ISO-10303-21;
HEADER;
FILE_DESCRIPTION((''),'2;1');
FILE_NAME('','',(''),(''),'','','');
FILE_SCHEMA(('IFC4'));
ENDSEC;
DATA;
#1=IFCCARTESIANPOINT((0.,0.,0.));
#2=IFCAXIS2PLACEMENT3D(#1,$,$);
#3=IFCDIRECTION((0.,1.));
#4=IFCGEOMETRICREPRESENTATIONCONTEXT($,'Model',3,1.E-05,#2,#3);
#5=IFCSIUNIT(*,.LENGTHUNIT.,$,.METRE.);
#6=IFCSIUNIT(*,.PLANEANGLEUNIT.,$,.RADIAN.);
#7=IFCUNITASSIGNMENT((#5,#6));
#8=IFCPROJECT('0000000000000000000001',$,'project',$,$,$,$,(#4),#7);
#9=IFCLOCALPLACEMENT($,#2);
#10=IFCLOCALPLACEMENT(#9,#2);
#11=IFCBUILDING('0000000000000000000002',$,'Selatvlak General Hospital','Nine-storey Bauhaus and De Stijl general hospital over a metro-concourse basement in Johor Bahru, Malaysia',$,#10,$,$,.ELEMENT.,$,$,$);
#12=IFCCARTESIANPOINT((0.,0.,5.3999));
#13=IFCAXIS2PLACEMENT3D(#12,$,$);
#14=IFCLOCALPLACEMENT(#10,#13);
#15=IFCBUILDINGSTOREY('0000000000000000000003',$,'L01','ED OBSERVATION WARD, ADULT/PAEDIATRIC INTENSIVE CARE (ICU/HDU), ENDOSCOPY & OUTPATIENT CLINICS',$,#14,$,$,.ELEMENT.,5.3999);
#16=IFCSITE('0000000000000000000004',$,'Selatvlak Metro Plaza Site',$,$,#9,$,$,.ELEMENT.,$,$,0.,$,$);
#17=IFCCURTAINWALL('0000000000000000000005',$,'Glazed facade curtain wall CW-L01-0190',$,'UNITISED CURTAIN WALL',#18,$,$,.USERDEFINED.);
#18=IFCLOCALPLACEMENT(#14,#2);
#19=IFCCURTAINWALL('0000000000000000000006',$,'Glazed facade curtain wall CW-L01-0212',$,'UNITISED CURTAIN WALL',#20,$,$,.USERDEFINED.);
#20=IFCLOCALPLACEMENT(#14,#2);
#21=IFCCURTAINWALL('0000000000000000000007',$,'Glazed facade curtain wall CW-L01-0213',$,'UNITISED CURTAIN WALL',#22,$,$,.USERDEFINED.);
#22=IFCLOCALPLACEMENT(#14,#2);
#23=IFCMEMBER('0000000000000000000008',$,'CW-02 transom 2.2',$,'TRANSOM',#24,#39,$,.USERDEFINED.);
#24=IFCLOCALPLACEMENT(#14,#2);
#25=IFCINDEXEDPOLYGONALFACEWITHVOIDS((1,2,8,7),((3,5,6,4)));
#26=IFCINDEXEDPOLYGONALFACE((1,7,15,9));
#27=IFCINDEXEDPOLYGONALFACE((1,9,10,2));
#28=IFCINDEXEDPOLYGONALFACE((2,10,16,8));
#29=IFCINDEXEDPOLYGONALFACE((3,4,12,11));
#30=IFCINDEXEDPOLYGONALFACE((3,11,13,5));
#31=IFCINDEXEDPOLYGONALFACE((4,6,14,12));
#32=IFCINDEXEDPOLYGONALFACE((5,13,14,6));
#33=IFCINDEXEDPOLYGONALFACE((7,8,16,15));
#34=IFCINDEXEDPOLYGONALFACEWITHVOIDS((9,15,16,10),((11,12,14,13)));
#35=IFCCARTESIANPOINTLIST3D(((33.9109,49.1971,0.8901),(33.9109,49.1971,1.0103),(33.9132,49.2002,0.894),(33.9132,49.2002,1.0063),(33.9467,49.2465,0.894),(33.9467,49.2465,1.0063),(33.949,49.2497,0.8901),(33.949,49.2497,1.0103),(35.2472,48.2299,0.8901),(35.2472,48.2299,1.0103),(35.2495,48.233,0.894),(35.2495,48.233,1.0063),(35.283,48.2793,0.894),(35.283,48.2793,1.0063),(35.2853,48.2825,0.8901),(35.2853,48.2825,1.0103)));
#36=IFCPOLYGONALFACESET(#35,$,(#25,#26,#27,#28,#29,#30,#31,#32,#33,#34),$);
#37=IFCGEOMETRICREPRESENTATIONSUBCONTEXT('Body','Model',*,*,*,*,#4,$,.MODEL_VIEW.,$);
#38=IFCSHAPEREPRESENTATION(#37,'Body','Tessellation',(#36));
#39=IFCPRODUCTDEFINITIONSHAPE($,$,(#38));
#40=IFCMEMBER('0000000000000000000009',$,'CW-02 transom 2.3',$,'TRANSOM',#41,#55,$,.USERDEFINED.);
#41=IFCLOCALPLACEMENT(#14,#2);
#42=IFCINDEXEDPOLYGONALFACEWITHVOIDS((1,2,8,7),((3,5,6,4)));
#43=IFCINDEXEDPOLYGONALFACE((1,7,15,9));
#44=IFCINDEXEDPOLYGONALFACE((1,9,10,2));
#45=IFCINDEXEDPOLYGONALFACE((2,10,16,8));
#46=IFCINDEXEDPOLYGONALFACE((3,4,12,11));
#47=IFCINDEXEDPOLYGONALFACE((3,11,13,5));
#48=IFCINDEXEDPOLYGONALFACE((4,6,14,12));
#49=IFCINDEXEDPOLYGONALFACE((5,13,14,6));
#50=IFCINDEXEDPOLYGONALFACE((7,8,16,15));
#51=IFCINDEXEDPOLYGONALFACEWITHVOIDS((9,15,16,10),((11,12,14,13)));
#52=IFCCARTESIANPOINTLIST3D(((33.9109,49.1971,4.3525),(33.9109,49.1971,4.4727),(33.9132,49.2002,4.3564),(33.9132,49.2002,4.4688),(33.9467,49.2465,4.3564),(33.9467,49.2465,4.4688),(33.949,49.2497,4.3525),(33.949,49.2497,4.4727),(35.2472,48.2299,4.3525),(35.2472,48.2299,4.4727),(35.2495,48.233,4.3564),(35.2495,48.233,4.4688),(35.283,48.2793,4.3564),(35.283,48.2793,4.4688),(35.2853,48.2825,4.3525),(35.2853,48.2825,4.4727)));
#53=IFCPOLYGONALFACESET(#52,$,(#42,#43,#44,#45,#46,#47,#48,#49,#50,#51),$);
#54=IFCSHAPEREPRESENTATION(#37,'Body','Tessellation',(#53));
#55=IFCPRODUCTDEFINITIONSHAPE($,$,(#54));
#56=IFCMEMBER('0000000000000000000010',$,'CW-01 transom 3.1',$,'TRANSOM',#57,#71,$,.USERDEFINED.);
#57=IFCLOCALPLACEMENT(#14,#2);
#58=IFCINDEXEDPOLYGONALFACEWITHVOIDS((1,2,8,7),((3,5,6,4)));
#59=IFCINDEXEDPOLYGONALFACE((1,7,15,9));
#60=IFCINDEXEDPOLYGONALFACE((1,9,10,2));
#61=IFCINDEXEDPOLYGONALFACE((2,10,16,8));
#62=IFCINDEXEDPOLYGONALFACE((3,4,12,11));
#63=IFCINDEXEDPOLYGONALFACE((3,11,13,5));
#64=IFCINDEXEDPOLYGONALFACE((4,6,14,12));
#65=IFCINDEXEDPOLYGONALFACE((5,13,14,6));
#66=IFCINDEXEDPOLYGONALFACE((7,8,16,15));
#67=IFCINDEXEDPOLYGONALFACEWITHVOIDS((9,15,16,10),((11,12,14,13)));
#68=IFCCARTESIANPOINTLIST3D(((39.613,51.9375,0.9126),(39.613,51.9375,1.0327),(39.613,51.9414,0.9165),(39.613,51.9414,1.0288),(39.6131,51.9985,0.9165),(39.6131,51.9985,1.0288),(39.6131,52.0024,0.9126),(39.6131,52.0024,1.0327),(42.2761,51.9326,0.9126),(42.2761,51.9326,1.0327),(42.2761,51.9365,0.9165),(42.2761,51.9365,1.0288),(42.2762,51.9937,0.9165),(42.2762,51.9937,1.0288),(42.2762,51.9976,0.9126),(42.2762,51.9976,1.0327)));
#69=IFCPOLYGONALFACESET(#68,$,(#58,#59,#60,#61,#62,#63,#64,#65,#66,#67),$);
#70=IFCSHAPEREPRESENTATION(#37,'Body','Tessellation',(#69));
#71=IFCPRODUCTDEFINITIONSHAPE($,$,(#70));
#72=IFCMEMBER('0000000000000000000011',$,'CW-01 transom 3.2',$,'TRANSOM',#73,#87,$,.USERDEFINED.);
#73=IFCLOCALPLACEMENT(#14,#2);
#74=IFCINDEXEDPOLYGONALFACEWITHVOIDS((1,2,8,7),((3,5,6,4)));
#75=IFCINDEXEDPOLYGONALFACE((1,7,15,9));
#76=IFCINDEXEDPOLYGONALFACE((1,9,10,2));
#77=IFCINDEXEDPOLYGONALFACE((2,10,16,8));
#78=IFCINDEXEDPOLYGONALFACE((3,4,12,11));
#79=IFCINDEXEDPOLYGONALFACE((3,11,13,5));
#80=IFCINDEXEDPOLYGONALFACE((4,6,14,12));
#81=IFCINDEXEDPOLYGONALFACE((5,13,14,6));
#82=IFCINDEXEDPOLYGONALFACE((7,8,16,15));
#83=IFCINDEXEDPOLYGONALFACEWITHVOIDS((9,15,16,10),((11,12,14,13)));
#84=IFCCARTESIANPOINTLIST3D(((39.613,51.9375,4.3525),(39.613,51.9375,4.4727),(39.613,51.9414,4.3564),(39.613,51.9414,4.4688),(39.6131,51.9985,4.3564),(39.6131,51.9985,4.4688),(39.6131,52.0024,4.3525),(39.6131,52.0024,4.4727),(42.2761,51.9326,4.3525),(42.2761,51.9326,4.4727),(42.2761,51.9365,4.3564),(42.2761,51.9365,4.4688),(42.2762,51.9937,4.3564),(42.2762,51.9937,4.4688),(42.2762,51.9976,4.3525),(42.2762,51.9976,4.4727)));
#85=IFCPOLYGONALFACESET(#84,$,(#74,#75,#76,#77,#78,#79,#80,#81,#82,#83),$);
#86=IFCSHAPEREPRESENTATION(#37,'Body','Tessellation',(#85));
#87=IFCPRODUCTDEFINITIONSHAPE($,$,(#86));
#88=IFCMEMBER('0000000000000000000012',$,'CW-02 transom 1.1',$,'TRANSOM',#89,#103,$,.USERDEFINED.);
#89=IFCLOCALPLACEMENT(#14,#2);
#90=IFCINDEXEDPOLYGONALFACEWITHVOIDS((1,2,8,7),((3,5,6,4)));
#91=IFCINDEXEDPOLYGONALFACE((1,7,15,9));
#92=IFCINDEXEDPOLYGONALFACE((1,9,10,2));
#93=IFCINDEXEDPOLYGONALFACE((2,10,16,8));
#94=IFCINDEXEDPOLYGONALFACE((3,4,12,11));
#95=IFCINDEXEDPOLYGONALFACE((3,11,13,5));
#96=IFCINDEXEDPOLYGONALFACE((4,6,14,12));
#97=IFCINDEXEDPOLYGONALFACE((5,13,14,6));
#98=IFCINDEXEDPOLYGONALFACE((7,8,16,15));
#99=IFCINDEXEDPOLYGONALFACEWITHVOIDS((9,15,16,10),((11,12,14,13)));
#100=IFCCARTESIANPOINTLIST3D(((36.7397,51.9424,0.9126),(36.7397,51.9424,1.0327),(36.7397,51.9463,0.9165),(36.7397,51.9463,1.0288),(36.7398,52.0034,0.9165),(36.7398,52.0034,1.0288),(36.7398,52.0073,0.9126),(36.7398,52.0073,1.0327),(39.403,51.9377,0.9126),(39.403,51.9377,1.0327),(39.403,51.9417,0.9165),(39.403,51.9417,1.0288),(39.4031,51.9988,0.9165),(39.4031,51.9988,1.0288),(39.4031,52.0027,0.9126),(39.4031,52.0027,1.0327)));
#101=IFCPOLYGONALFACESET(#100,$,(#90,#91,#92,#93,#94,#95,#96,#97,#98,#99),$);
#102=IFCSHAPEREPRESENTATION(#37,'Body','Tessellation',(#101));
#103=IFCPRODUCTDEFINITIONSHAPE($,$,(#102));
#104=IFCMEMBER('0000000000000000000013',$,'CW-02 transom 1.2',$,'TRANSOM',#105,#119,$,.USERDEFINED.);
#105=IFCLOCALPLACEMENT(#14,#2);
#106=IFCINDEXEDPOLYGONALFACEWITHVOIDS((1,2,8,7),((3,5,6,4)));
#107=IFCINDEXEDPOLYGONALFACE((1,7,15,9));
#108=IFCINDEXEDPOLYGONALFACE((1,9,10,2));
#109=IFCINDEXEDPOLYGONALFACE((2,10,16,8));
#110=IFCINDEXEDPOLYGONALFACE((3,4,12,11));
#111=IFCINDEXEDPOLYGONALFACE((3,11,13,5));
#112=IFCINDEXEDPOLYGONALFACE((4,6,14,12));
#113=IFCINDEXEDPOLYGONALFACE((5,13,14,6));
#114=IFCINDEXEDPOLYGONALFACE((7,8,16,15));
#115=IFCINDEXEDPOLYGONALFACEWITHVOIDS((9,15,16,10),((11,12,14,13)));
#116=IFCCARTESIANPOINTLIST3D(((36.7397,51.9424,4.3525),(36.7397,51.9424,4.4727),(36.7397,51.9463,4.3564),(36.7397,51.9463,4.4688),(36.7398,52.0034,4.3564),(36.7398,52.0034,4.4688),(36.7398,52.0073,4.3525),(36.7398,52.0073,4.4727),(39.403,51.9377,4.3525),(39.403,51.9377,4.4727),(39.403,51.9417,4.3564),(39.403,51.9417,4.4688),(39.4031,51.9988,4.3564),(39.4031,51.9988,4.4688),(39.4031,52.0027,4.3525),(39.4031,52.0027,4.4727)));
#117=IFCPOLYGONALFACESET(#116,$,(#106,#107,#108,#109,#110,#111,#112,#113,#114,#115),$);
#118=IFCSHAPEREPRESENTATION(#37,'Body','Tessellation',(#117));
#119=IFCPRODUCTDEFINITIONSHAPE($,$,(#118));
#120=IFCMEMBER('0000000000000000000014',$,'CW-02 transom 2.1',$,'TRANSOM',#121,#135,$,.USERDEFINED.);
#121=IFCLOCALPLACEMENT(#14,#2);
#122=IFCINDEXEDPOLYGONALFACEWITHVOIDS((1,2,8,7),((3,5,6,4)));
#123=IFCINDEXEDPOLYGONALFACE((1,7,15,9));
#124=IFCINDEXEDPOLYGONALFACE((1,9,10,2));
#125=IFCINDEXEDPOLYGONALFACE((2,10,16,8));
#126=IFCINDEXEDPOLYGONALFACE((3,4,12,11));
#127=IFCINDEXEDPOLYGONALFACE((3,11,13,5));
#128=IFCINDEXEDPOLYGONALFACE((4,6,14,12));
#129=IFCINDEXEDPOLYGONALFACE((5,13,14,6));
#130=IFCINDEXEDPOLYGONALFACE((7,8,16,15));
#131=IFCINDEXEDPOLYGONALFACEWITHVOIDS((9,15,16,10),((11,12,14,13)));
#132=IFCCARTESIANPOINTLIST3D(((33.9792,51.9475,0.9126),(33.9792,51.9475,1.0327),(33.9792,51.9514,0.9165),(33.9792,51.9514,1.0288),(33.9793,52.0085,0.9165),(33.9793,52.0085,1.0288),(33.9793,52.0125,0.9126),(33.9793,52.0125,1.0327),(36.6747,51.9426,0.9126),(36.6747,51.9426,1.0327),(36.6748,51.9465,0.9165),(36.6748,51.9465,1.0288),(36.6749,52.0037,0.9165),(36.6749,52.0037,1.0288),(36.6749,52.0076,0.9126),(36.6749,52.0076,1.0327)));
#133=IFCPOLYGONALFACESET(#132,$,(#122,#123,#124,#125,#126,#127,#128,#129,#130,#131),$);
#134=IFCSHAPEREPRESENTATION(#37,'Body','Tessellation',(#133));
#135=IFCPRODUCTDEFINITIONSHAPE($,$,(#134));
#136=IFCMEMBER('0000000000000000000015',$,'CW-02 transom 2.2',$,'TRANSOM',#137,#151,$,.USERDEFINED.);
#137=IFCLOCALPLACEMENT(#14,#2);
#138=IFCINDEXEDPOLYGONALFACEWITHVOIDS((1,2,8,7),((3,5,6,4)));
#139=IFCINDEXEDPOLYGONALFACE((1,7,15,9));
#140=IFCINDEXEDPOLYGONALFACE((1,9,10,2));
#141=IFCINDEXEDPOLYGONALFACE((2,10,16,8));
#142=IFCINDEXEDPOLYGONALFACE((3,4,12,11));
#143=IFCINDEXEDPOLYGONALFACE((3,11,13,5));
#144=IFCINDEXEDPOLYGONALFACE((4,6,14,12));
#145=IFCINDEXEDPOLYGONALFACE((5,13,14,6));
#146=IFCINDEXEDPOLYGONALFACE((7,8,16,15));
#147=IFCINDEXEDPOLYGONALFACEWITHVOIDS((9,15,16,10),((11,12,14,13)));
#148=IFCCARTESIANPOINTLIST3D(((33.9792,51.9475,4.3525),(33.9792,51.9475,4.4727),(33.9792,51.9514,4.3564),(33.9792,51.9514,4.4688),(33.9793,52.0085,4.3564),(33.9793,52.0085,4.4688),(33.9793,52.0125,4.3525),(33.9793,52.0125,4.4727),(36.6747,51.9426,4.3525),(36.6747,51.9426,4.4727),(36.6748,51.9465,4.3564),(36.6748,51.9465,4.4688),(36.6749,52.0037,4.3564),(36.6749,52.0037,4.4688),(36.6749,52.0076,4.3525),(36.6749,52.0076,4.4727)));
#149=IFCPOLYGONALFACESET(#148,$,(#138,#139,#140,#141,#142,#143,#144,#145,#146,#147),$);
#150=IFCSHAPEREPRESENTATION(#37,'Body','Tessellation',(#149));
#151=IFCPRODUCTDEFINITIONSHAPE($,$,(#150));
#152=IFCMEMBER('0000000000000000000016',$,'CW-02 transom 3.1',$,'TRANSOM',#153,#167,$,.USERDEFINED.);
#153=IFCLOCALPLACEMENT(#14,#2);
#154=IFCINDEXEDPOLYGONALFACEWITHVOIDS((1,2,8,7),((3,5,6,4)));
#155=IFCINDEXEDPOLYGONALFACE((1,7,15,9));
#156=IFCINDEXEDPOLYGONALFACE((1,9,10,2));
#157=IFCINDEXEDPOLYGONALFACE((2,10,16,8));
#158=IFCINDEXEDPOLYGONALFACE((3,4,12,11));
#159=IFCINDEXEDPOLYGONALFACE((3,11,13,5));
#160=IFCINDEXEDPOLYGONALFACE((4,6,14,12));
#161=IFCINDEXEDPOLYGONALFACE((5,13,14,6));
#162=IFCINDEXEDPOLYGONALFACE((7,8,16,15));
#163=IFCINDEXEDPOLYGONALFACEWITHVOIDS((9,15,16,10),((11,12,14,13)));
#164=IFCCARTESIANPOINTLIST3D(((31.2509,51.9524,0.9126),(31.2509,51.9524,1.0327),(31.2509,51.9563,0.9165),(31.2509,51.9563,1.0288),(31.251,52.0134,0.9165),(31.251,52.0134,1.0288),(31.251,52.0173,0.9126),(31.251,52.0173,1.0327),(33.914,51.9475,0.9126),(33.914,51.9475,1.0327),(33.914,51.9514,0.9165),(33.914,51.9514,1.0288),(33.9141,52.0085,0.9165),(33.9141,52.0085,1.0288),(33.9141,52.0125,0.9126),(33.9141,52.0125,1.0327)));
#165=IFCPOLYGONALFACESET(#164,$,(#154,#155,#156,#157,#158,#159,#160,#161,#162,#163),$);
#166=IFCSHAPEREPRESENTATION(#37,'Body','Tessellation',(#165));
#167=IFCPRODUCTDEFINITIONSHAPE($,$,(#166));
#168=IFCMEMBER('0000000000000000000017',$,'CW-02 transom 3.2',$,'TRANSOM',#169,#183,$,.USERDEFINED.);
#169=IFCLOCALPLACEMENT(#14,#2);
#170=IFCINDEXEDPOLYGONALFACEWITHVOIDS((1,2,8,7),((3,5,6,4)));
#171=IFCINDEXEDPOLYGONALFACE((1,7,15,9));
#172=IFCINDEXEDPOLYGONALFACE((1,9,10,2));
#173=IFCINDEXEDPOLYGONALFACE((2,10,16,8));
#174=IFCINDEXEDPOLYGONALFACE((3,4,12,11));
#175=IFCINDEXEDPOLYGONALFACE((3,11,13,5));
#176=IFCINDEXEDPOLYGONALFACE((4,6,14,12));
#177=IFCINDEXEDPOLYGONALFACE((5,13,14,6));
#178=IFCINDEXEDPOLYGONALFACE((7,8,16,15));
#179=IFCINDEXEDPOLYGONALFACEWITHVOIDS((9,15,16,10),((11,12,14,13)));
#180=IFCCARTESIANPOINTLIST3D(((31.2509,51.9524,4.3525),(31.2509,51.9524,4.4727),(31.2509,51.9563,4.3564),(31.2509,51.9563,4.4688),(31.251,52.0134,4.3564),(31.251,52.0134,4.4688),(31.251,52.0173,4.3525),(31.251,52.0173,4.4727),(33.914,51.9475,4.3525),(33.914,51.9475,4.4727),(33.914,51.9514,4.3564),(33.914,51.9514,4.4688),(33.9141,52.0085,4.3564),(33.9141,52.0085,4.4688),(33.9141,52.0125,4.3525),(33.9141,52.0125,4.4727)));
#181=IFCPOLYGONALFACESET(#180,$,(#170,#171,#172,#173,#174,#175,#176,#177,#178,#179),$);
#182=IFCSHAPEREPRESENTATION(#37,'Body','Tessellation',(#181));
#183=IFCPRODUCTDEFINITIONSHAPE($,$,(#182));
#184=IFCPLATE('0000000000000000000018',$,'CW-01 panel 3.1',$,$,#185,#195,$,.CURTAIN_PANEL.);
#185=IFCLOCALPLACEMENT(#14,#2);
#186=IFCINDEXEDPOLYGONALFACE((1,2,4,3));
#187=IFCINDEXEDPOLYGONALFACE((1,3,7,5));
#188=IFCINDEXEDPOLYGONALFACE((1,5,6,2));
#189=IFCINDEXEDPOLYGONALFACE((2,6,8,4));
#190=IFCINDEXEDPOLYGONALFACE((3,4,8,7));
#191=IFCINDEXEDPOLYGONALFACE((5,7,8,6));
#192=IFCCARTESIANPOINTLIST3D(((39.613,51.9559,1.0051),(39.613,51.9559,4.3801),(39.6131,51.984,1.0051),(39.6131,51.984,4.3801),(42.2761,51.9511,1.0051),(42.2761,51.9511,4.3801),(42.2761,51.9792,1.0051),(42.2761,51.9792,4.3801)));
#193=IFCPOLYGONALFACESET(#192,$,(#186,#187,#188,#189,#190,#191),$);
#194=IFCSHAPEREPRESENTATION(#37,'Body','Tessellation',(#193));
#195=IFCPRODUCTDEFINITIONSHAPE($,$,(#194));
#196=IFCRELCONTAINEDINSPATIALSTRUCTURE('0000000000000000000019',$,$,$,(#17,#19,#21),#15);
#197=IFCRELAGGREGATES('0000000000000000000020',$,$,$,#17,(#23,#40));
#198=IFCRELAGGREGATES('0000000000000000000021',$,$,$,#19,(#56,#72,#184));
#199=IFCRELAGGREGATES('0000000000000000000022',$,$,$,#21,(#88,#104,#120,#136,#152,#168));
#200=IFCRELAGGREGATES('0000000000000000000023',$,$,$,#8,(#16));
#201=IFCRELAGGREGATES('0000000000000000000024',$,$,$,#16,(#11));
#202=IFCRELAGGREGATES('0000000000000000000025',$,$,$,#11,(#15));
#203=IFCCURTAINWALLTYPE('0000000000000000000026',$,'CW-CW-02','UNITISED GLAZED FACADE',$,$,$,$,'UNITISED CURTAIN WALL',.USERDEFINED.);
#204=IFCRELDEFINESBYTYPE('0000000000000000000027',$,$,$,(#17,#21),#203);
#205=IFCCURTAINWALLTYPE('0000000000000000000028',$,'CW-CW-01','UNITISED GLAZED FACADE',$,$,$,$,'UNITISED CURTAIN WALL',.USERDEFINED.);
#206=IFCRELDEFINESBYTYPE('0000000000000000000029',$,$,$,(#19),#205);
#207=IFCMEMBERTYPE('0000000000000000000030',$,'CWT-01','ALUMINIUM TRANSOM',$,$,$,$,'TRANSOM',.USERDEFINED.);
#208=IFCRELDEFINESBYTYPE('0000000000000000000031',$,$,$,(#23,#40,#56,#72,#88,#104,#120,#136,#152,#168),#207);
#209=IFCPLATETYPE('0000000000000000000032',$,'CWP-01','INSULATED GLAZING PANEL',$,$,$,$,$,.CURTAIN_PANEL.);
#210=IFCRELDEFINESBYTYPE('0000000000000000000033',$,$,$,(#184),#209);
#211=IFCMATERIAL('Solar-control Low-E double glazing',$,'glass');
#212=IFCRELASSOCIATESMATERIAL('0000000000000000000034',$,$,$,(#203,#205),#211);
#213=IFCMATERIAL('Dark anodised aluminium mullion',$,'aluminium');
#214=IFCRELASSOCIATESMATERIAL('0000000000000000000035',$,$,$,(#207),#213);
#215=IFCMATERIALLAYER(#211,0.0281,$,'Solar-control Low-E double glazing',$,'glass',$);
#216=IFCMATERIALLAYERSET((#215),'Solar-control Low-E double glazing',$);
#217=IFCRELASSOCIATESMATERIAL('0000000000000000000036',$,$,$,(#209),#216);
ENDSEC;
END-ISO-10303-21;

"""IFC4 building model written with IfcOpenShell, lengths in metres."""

from ifc_helpers import new_model, si_unit, direction, frame, origin, origin_2d, place, context, subcontext, project, spatial, rectangle, hollow_rectangle, extrude, material, layer, layer_set, material_profile, profile_set, type_object, element, aggregate, save


model = new_model("IFC4")

# Units and contexts
model_context = context("Model", 3, precision=1e-05, world=origin(), true_north=direction((0.0, 1.0)))
body_context = subcontext(model_context, "Body", "Model", "MODEL_VIEW")
ifc_project = project(units=[si_unit("LENGTHUNIT", "METRE"), si_unit("PLANEANGLEUNIT", "RADIAN")], contexts=[model_context])

# Site, building, storey
site_placement = place(None, origin())
site = spatial("IfcSite", under=ifc_project, at=site_placement, Name="Selatvlak Metro Plaza Site", CompositionType="ELEMENT", RefElevation=0.0)
building_placement = place(site_placement, origin())
building = spatial("IfcBuilding", under=site, at=building_placement, Name="Selatvlak General Hospital", Description="Nine-storey Bauhaus and De Stijl general hospital over a metro-concourse basement in Johor Bahru, Malaysia", CompositionType="ELEMENT")
storey_placement = place(building_placement, frame((0.0, 0.0, 5.3999)))
storey = spatial("IfcBuildingStorey", under=building, at=storey_placement, Name="L01", Description="ED OBSERVATION WARD, ADULT/PAEDIATRIC INTENSIVE CARE (ICU/HDU), ENDOSCOPY & OUTPATIENT CLINICS", CompositionType="ELEMENT", Elevation=5.3999)

# Curtain wall
ifc_material_1 = material(Name="Solar-control Low-E double glazing", Category="glass")
curtain_wall_type_1 = type_object("IfcCurtainWallType", Name="CW-CW-02", Description="UNITISED GLAZED FACADE", ElementType="UNITISED CURTAIN WALL", PredefinedType="USERDEFINED", material=ifc_material_1)
curtain_wall_1_placement = place(storey_placement, origin())
curtain_wall_1 = element("IfcCurtainWall", 1, at=curtain_wall_1_placement, inside=storey, type_object=curtain_wall_type_1, Name="Glazed facade curtain wall CW-L01-0190", ObjectType="UNITISED CURTAIN WALL", PredefinedType="USERDEFINED")
ifc_material_2 = material(Name="Dark anodised aluminium mullion", Category="aluminium")

# Curtain walls
curtain_wall_type_2 = type_object("IfcCurtainWallType", Name="CW-CW-01", Description="UNITISED GLAZED FACADE", ElementType="UNITISED CURTAIN WALL", PredefinedType="USERDEFINED", material=ifc_material_1)
curtain_wall_2_placement = place(storey_placement, origin())
curtain_wall_2 = element("IfcCurtainWall", 2, at=curtain_wall_2_placement, inside=storey, type_object=curtain_wall_type_2, Name="Glazed facade curtain wall CW-L01-0212", ObjectType="UNITISED CURTAIN WALL", PredefinedType="USERDEFINED")
curtain_wall_3_placement = place(storey_placement, origin())
curtain_wall_3 = element("IfcCurtainWall", 3, at=curtain_wall_3_placement, inside=storey, type_object=curtain_wall_type_1, Name="Glazed facade curtain wall CW-L01-0213", ObjectType="UNITISED CURTAIN WALL", PredefinedType="USERDEFINED")

# Members
ifc_material_profile_1 = material_profile(ifc_material_2, hollow_rectangle(XDim=0.0649, YDim=0.1201, WallThickness=0.0039, at=origin_2d()), Name="AL-TRN 65x120x4")
ifc_profile_set_1 = profile_set([ifc_material_profile_1], Name="Dark anodised aluminium mullion")
member_type_1 = type_object("IfcMemberType", Name="CWT-01", Description="ALUMINIUM TRANSOM", ElementType="TRANSOM", PredefinedType="USERDEFINED", material=ifc_profile_set_1)
member_1_placement = place(storey_placement, frame((33.9299, 49.2234, 0.9502), z_axis=(0.810078, -0.586322, 0.0), x_axis=(0.586322, 0.810078, 0.0)))
member_1 = element("IfcMember", 4, at=member_1_placement, type_object=member_type_1, Name="CW-02 transom 2.2", ObjectType="TRANSOM", PredefinedType="USERDEFINED", context=body_context, shape_type="SweptSolid", body=[
    extrude(hollow_rectangle(XDim=0.0649, YDim=0.1201, WallThickness=0.0039, at=origin_2d()), origin(), (0.0, 0.0, 1.0), 1.6497),
])
member_2_placement = place(storey_placement, frame((33.9299, 49.2234, 4.4126), z_axis=(0.810078, -0.586322, 0.0), x_axis=(0.586322, 0.810078, 0.0)))
member_2 = element("IfcMember", 5, at=member_2_placement, type_object=member_type_1, Name="CW-02 transom 2.3", ObjectType="TRANSOM", PredefinedType="USERDEFINED", context=body_context, shape_type="SweptSolid", body=[
    extrude(hollow_rectangle(XDim=0.0649, YDim=0.1201, WallThickness=0.0039, at=origin_2d()), origin(), (0.0, 0.0, 1.0), 1.6497),
])
aggregate(curtain_wall_1, [member_1, member_2])
member_3_placement = place(storey_placement, frame((42.2761, 51.9651, 0.9727), z_axis=(-0.999998, 0.001834, 0.0), x_axis=(-0.001834, -0.999998, 0.0)))
member_3 = element("IfcMember", 6, at=member_3_placement, type_object=member_type_1, Name="CW-01 transom 3.1", ObjectType="TRANSOM", PredefinedType="USERDEFINED", context=body_context, shape_type="SweptSolid", body=[
    extrude(hollow_rectangle(XDim=0.0649, YDim=0.1201, WallThickness=0.0039, at=origin_2d()), origin(), (0.0, 0.0, 1.0), 2.6631),
])
member_4_placement = place(storey_placement, frame((42.2761, 51.9651, 4.4126), z_axis=(-0.999998, 0.001834, 0.0), x_axis=(-0.001834, -0.999998, 0.0)))
member_4 = element("IfcMember", 7, at=member_4_placement, type_object=member_type_1, Name="CW-01 transom 3.2", ObjectType="TRANSOM", PredefinedType="USERDEFINED", context=body_context, shape_type="SweptSolid", body=[
    extrude(hollow_rectangle(XDim=0.0649, YDim=0.1201, WallThickness=0.0039, at=origin_2d()), origin(), (0.0, 0.0, 1.0), 2.6631),
])
member_5_placement = place(storey_placement, frame((39.4031, 51.9702, 0.9727), z_axis=(-0.999998, 0.001742, 0.0), x_axis=(-0.001742, -0.999998, 0.0)))
member_5 = element("IfcMember", 8, at=member_5_placement, type_object=member_type_1, Name="CW-02 transom 1.1", ObjectType="TRANSOM", PredefinedType="USERDEFINED", context=body_context, shape_type="SweptSolid", body=[
    extrude(hollow_rectangle(XDim=0.0649, YDim=0.1201, WallThickness=0.0039, at=origin_2d()), origin(), (0.0, 0.0, 1.0), 2.6633),
])
member_6_placement = place(storey_placement, frame((39.4031, 51.9702, 4.4126), z_axis=(-0.999998, 0.001742, 0.0), x_axis=(-0.001742, -0.999998, 0.0)))
member_6 = element("IfcMember", 9, at=member_6_placement, type_object=member_type_1, Name="CW-02 transom 1.2", ObjectType="TRANSOM", PredefinedType="USERDEFINED", context=body_context, shape_type="SweptSolid", body=[
    extrude(hollow_rectangle(XDim=0.0649, YDim=0.1201, WallThickness=0.0039, at=origin_2d()), origin(), (0.0, 0.0, 1.0), 2.6633),
])
member_7_placement = place(storey_placement, frame((36.6748, 51.9751, 0.9727), z_axis=(-0.999998, 0.001811, 0.0), x_axis=(-0.001811, -0.999998, 0.0)))
member_7 = element("IfcMember", 10, at=member_7_placement, type_object=member_type_1, Name="CW-02 transom 2.1", ObjectType="TRANSOM", PredefinedType="USERDEFINED", context=body_context, shape_type="SweptSolid", body=[
    extrude(hollow_rectangle(XDim=0.0649, YDim=0.1201, WallThickness=0.0039, at=origin_2d()), origin(), (0.0, 0.0, 1.0), 2.6956),
])
member_8_placement = place(storey_placement, frame((36.6748, 51.9751, 4.4126), z_axis=(-0.999998, 0.001811, 0.0), x_axis=(-0.001811, -0.999998, 0.0)))
member_8 = element("IfcMember", 11, at=member_8_placement, type_object=member_type_1, Name="CW-02 transom 2.2", ObjectType="TRANSOM", PredefinedType="USERDEFINED", context=body_context, shape_type="SweptSolid", body=[
    extrude(hollow_rectangle(XDim=0.0649, YDim=0.1201, WallThickness=0.0039, at=origin_2d()), origin(), (0.0, 0.0, 1.0), 2.6956),
])
member_9_placement = place(storey_placement, frame((33.9141, 51.98, 0.9727), z_axis=(-0.999998, 0.001834, 0.0), x_axis=(-0.001834, -0.999998, 0.0)))
member_9 = element("IfcMember", 12, at=member_9_placement, type_object=member_type_1, Name="CW-02 transom 3.1", ObjectType="TRANSOM", PredefinedType="USERDEFINED", context=body_context, shape_type="SweptSolid", body=[
    extrude(hollow_rectangle(XDim=0.0649, YDim=0.1201, WallThickness=0.0039, at=origin_2d()), origin(), (0.0, 0.0, 1.0), 2.6631),
])
member_10_placement = place(storey_placement, frame((33.9141, 51.98, 4.4126), z_axis=(-0.999998, 0.001834, 0.0), x_axis=(-0.001834, -0.999998, 0.0)))
member_10 = element("IfcMember", 13, at=member_10_placement, type_object=member_type_1, Name="CW-02 transom 3.2", ObjectType="TRANSOM", PredefinedType="USERDEFINED", context=body_context, shape_type="SweptSolid", body=[
    extrude(hollow_rectangle(XDim=0.0649, YDim=0.1201, WallThickness=0.0039, at=origin_2d()), origin(), (0.0, 0.0, 1.0), 2.6631),
])

# Plate
ifc_layer_1 = layer(ifc_material_1, 0.0281, Name="Solar-control Low-E double glazing", Category="glass")
ifc_layer_set_1 = layer_set([ifc_layer_1], Name="Solar-control Low-E double glazing")
plate_type = type_object("IfcPlateType", Name="CWP-01", Description="INSULATED GLAZING PANEL", PredefinedType="CURTAIN_PANEL", material=ifc_layer_set_1)
plate_1_placement = place(storey_placement, frame((40.9446, 51.9675, 1.0051), z_axis=(0.0, 0.0, 1.0), x_axis=(-0.999998, 0.001811, 0.0)))
plate_1 = element("IfcPlate", 14, at=plate_1_placement, type_object=plate_type, Name="CW-01 panel 3.1", PredefinedType="CURTAIN_PANEL", context=body_context, shape_type="SweptSolid", body=[
    extrude(rectangle(XDim=2.6631, YDim=0.0281, at=origin_2d()), origin(), (0.0, 0.0, 1.0), 3.375),
])
aggregate(curtain_wall_2, [member_3, member_4, plate_1])
aggregate(curtain_wall_3, [member_5, member_6, member_7, member_8, member_9, member_10])

save(model, "model.ifc")
